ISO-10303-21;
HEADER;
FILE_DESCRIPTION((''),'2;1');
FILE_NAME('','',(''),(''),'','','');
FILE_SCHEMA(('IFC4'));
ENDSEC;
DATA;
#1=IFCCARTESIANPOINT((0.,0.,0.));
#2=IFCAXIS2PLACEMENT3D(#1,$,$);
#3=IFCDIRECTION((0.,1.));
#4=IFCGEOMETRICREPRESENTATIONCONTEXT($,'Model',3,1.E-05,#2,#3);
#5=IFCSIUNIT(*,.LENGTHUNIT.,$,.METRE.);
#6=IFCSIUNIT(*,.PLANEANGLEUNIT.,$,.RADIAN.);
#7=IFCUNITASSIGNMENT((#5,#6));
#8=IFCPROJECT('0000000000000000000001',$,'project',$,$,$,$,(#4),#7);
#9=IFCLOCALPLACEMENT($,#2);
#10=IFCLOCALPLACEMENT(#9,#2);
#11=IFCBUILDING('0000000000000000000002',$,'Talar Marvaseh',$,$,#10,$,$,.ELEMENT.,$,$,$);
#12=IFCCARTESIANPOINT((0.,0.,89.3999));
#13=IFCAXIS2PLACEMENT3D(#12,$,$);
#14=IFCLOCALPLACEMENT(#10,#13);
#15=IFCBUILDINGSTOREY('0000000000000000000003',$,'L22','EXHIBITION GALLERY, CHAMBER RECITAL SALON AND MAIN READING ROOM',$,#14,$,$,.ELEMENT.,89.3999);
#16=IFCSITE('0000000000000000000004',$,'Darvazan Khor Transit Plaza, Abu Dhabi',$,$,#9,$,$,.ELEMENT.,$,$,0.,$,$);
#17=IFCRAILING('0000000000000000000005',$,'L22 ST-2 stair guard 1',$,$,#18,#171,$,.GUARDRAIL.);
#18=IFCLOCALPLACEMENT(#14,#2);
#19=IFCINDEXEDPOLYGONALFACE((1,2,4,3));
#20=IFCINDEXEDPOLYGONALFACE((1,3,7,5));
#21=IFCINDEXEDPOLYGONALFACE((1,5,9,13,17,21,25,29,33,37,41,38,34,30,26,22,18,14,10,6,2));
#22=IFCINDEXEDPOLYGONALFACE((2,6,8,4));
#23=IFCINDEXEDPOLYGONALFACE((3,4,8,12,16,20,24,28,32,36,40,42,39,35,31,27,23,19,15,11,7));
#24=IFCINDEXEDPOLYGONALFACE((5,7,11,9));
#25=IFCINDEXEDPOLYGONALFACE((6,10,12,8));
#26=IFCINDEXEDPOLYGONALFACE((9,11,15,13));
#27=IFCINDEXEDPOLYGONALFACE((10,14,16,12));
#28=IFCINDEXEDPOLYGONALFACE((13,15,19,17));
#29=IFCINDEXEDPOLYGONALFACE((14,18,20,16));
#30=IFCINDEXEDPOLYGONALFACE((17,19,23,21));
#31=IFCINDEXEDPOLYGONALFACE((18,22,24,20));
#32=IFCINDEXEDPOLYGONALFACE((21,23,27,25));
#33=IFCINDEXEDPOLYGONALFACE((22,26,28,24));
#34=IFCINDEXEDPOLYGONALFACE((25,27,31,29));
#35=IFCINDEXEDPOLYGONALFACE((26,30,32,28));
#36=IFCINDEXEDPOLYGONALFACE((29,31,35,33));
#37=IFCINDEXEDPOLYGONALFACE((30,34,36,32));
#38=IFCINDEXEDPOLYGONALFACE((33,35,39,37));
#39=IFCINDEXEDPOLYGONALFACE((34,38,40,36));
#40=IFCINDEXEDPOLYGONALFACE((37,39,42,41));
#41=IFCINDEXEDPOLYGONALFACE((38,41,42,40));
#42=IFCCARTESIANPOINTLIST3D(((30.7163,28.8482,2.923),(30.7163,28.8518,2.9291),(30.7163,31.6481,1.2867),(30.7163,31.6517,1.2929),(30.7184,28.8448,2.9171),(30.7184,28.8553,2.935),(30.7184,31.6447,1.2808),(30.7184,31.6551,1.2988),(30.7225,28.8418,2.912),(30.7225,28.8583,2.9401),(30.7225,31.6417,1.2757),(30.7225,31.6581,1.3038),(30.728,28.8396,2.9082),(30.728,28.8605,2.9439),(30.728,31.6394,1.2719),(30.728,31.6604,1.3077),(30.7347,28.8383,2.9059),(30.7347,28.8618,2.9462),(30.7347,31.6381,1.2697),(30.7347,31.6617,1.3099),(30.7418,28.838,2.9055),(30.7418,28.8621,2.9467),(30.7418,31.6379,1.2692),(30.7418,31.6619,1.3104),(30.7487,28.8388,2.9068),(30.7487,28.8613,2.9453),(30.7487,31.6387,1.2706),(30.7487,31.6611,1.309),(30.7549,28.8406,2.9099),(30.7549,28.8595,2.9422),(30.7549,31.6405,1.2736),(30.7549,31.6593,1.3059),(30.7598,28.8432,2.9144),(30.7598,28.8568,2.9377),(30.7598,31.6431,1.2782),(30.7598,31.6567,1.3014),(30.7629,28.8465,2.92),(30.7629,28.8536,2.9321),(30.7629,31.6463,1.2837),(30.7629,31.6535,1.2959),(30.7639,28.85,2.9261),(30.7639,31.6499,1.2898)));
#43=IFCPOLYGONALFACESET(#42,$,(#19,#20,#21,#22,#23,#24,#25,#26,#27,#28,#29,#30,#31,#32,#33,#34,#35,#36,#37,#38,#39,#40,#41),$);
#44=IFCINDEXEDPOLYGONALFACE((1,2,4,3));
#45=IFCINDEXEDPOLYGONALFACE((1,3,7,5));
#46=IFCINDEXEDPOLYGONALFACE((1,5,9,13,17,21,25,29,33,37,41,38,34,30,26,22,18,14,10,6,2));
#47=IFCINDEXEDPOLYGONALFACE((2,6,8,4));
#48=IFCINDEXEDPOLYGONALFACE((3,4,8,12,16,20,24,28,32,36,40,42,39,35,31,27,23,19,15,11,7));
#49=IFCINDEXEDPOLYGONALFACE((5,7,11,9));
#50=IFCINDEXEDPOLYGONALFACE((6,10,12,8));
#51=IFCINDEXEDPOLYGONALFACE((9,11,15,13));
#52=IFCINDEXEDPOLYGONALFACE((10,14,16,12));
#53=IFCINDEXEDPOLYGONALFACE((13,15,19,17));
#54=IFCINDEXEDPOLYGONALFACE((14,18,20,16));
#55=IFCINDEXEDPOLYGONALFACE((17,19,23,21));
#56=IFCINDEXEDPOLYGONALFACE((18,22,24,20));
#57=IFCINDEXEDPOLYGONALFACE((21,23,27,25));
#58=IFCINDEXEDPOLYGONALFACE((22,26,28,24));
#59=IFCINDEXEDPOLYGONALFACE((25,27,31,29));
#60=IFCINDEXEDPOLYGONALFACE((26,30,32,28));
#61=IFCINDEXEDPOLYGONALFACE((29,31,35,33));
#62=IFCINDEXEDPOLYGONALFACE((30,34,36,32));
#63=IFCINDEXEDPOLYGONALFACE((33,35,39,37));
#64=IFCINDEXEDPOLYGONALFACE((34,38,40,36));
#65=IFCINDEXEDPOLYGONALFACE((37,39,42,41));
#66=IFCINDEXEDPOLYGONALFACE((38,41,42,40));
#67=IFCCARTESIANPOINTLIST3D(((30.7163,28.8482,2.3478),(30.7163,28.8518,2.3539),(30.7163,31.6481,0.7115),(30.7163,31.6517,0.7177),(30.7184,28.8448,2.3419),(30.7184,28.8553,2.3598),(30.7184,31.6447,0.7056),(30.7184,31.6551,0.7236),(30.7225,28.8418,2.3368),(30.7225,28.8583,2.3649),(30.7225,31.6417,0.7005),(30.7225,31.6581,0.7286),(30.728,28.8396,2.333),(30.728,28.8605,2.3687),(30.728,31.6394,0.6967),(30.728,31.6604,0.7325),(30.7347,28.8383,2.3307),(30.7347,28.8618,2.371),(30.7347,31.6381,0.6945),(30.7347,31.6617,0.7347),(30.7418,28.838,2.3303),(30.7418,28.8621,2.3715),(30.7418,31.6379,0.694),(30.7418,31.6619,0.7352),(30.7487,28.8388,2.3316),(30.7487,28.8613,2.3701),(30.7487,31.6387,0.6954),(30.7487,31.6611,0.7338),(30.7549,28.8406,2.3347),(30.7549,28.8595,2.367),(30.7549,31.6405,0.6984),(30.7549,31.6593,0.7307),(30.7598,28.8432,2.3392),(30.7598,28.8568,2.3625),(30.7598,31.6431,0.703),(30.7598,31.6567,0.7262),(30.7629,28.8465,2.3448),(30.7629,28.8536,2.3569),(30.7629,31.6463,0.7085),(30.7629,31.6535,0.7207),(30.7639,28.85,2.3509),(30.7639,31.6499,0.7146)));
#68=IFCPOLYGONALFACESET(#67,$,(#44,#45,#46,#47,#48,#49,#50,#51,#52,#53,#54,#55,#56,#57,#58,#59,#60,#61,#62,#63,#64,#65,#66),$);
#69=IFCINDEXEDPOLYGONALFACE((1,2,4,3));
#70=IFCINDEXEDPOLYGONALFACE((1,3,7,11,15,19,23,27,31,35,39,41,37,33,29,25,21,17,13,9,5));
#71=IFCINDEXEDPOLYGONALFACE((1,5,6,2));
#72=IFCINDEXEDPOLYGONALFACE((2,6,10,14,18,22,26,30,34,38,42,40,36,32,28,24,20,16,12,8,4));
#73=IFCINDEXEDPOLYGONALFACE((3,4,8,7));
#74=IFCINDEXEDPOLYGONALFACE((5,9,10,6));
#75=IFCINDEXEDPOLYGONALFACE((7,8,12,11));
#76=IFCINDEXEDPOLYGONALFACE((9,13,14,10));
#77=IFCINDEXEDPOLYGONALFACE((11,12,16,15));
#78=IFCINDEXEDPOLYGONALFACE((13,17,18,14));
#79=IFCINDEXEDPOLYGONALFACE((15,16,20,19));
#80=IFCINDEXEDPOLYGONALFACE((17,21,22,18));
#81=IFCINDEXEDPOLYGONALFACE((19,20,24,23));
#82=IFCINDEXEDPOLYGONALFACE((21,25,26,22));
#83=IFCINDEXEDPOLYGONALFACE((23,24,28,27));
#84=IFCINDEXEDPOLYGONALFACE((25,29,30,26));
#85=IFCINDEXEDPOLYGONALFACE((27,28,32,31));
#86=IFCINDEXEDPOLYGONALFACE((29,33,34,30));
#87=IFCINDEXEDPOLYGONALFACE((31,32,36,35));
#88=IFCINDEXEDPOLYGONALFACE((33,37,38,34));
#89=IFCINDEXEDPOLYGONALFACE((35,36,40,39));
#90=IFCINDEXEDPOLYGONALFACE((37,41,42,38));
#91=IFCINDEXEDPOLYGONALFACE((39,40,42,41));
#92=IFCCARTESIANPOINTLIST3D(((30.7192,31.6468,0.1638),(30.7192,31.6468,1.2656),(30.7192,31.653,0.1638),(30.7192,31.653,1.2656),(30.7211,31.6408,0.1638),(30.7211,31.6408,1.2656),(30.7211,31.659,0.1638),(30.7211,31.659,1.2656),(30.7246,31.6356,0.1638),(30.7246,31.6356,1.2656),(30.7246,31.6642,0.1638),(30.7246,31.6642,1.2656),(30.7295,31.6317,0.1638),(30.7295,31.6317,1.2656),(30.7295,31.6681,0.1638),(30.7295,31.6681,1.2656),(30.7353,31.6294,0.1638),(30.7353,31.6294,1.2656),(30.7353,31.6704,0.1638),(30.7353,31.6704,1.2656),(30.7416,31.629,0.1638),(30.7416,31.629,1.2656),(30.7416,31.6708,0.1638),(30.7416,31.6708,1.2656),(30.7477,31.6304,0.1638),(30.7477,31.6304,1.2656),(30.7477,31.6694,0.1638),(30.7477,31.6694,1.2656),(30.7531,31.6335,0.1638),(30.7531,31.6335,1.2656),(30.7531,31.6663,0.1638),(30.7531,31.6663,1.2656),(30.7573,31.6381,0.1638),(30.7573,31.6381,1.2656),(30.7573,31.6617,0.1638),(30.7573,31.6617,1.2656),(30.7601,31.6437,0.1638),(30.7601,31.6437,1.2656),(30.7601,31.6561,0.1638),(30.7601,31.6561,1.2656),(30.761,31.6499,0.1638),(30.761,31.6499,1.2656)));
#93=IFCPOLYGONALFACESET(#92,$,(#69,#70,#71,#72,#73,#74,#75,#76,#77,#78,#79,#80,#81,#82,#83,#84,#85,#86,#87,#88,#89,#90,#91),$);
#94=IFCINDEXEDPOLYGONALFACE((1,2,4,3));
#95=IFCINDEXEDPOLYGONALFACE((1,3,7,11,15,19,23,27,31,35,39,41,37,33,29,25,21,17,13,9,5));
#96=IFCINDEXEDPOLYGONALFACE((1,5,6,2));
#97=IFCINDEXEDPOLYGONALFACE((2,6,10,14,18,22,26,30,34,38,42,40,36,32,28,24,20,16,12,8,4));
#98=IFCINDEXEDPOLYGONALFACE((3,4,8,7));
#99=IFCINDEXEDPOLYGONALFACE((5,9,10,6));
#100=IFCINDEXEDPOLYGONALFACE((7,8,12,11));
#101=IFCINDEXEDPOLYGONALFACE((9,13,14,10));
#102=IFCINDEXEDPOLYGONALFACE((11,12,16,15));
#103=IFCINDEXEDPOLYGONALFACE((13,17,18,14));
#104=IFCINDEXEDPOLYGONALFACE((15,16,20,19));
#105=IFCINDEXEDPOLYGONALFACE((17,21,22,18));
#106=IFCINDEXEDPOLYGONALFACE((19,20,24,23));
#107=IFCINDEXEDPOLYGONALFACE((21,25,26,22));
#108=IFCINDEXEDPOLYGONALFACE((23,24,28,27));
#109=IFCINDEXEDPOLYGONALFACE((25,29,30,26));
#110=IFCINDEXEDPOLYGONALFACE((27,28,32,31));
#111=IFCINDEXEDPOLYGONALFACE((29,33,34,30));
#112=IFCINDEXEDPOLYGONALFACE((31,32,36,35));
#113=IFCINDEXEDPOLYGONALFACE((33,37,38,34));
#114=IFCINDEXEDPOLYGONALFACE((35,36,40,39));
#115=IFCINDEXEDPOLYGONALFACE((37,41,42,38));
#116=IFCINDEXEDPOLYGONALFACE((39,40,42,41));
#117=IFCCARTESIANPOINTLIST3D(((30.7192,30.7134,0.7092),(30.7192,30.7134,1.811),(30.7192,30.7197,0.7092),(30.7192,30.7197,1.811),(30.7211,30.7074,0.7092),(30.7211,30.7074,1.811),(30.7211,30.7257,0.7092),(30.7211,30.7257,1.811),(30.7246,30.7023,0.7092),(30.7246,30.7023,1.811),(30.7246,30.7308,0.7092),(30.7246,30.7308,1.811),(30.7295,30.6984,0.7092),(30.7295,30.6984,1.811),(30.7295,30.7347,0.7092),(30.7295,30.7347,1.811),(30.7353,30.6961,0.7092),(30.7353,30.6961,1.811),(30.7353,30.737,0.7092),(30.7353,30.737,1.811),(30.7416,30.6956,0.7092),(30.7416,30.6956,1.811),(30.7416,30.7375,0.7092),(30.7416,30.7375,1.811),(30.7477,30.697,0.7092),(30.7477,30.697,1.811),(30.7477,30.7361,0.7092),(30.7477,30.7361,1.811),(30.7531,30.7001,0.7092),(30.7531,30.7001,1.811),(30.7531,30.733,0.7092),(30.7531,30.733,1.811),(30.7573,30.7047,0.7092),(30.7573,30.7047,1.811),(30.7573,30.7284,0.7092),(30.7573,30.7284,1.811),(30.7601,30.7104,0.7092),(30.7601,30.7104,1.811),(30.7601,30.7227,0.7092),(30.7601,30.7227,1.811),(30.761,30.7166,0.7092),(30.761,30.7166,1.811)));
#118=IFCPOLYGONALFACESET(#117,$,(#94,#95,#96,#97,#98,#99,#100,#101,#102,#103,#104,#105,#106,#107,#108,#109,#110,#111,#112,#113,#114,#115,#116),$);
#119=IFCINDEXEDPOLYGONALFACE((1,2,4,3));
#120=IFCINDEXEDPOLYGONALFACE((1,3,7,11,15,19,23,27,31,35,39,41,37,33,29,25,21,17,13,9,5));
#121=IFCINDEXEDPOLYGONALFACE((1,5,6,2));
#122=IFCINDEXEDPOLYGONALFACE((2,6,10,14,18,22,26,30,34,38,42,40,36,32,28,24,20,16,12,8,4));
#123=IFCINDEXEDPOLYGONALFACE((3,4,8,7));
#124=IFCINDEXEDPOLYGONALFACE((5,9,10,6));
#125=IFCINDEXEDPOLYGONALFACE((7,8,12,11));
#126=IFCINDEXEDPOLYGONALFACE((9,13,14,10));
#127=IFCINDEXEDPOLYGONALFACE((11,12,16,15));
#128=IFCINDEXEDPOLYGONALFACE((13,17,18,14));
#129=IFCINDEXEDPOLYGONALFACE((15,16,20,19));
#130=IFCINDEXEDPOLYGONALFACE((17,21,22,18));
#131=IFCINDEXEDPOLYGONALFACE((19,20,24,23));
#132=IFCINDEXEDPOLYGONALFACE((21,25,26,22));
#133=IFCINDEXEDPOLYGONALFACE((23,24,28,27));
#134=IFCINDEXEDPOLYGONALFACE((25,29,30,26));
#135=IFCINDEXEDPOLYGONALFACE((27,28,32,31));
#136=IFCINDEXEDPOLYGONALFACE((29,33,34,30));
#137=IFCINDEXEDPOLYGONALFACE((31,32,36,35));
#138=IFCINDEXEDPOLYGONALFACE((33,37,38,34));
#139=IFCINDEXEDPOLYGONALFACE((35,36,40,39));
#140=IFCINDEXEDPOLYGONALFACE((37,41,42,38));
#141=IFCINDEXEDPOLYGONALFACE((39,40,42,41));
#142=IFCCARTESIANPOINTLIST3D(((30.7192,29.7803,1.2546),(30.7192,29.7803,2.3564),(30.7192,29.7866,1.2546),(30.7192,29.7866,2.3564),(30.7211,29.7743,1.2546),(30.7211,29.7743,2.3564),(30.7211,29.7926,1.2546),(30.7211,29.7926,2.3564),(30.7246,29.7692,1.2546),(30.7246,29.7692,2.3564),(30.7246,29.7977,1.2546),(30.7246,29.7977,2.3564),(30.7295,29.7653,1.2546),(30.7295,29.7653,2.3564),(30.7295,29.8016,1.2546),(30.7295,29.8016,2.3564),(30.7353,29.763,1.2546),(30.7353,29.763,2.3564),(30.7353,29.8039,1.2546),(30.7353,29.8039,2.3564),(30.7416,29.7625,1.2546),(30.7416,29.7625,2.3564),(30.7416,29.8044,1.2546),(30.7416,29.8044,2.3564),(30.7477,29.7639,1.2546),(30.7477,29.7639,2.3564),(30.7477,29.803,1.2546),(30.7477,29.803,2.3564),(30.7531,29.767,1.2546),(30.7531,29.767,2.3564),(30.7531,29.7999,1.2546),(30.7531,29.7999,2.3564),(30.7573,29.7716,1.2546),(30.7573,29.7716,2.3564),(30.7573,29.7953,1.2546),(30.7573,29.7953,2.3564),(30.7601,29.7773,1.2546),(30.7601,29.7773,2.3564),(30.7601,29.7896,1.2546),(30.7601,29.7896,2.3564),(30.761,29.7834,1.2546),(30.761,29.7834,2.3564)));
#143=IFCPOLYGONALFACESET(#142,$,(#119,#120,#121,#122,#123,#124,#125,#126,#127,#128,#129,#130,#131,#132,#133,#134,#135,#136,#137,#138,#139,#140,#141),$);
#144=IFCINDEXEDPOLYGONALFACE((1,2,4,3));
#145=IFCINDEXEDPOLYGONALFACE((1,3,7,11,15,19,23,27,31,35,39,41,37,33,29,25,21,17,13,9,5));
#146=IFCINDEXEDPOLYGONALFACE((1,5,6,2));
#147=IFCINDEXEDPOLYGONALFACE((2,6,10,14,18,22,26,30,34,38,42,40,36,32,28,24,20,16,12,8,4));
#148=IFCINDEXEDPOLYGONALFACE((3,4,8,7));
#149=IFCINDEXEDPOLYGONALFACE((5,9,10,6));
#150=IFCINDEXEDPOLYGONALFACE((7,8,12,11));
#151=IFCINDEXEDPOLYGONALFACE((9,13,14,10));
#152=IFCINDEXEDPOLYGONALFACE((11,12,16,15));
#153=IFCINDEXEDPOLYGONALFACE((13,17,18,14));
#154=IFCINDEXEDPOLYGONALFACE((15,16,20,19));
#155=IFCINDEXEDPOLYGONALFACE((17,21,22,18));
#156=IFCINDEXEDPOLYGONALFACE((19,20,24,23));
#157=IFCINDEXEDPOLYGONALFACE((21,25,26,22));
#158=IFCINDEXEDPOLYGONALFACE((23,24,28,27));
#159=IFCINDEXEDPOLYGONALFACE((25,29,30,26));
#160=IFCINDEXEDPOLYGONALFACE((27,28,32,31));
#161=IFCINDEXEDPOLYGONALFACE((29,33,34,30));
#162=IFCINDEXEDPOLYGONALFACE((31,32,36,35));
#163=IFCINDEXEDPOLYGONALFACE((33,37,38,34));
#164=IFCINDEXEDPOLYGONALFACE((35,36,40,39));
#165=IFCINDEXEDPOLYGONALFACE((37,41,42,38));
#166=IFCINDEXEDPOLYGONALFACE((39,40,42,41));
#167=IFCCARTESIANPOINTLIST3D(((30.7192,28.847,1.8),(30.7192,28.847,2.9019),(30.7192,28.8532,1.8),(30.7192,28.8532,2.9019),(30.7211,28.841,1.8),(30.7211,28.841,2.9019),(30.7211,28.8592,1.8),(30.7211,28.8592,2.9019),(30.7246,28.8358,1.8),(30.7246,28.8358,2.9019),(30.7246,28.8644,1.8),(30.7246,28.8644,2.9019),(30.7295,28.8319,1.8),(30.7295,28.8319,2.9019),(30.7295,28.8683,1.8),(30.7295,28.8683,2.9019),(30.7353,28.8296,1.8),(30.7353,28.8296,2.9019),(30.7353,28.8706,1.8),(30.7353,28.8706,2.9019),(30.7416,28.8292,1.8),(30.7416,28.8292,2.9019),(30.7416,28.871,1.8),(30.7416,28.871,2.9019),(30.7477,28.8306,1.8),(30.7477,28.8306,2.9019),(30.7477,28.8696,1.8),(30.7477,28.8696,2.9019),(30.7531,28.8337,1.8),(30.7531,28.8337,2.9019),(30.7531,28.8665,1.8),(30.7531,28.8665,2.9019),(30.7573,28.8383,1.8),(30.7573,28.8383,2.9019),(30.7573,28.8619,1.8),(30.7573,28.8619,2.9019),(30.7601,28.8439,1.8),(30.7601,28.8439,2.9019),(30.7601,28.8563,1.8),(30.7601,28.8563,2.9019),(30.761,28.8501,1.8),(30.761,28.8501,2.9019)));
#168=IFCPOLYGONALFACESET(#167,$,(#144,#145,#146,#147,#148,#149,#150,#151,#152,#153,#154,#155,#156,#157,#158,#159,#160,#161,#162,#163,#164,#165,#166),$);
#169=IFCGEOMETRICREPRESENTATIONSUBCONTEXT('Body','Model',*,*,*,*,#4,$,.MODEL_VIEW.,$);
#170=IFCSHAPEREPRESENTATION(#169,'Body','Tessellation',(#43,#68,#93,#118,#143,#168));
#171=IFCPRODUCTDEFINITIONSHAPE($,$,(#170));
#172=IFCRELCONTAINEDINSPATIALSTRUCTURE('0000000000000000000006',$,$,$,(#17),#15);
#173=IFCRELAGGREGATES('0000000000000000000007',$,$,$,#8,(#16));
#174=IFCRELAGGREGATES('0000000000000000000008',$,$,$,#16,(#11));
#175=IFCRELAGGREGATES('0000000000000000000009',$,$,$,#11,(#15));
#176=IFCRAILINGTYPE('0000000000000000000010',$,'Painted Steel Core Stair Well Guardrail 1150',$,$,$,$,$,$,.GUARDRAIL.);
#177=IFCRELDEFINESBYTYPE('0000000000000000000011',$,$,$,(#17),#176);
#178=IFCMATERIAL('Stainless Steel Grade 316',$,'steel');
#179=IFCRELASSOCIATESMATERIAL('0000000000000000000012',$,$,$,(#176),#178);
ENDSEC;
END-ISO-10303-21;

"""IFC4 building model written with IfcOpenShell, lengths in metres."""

from ifc_helpers import new_model, si_unit, direction, frame, origin, origin_2d, place, context, subcontext, project, spatial, circle, extrude, material, type_object, element, save


model = new_model("IFC4")

# Units and contexts
model_context = context("Model", 3, precision=1e-05, world=origin(), true_north=direction((0.0, 1.0)))
body_context = subcontext(model_context, "Body", "Model", "MODEL_VIEW")
ifc_project = project(units=[si_unit("LENGTHUNIT", "METRE"), si_unit("PLANEANGLEUNIT", "RADIAN")], contexts=[model_context])

# Site, building, storey
site_placement = place(None, origin())
site = spatial("IfcSite", under=ifc_project, at=site_placement, Name="Darvazan Khor Transit Plaza, Abu Dhabi", CompositionType="ELEMENT", RefElevation=0.0)
building_placement = place(site_placement, origin())
building = spatial("IfcBuilding", under=site, at=building_placement, Name="Talar Marvaseh", CompositionType="ELEMENT")
storey_placement = place(building_placement, frame((0.0, 0.0, 89.3999)))
storey = spatial("IfcBuildingStorey", under=building, at=storey_placement, Name="L22", Description="EXHIBITION GALLERY, CHAMBER RECITAL SALON AND MAIN READING ROOM", CompositionType="ELEMENT", Elevation=89.3999)

# Shared definitions
ifc_material_1 = material(Name="Stainless Steel Grade 316", Category="steel")

# Railing
railing_type_1 = type_object("IfcRailingType", Name="Painted Steel Core Stair Well Guardrail 1150", PredefinedType="GUARDRAIL", material=ifc_material_1)
railing_1_placement = place(storey_placement, frame((30.74, 31.6499, 0.1638)))
element("IfcRailing", 1, at=railing_1_placement, inside=storey, type_object=railing_type_1, Name="L22 ST-2 stair guard 1", PredefinedType="GUARDRAIL", context=body_context, shape_type="SweptSolid", body=[
    extrude(circle(Radius=0.0239, at=origin_2d()), frame((0.0, 0.0, 1.126), z_axis=(0.0, -0.863374, 0.504564), x_axis=(1.0, 0.0, 0.0)), (0.0, 0.0, 1.0), 3.2429),
    extrude(circle(Radius=0.0239, at=origin_2d()), frame((0.0, 0.0, 0.5508), z_axis=(0.0, -0.863374, 0.504564), x_axis=(1.0, 0.0, 0.0)), (0.0, 0.0, 1.0), 3.2429),
    extrude(circle(Radius=0.021, at=origin_2d()), origin(), (0.0, 0.0, 1.0), 1.1018),
    extrude(circle(Radius=0.021, at=origin_2d()), frame((0.0, -0.9333, 0.5454)), (0.0, 0.0, 1.0), 1.1018),
    extrude(circle(Radius=0.021, at=origin_2d()), frame((0.0, -1.8665, 1.0908)), (0.0, 0.0, 1.0), 1.1018),
    extrude(circle(Radius=0.021, at=origin_2d()), frame((0.0, -2.7998, 1.6362)), (0.0, 0.0, 1.0), 1.1018),
])

save(model, "model.ifc")
